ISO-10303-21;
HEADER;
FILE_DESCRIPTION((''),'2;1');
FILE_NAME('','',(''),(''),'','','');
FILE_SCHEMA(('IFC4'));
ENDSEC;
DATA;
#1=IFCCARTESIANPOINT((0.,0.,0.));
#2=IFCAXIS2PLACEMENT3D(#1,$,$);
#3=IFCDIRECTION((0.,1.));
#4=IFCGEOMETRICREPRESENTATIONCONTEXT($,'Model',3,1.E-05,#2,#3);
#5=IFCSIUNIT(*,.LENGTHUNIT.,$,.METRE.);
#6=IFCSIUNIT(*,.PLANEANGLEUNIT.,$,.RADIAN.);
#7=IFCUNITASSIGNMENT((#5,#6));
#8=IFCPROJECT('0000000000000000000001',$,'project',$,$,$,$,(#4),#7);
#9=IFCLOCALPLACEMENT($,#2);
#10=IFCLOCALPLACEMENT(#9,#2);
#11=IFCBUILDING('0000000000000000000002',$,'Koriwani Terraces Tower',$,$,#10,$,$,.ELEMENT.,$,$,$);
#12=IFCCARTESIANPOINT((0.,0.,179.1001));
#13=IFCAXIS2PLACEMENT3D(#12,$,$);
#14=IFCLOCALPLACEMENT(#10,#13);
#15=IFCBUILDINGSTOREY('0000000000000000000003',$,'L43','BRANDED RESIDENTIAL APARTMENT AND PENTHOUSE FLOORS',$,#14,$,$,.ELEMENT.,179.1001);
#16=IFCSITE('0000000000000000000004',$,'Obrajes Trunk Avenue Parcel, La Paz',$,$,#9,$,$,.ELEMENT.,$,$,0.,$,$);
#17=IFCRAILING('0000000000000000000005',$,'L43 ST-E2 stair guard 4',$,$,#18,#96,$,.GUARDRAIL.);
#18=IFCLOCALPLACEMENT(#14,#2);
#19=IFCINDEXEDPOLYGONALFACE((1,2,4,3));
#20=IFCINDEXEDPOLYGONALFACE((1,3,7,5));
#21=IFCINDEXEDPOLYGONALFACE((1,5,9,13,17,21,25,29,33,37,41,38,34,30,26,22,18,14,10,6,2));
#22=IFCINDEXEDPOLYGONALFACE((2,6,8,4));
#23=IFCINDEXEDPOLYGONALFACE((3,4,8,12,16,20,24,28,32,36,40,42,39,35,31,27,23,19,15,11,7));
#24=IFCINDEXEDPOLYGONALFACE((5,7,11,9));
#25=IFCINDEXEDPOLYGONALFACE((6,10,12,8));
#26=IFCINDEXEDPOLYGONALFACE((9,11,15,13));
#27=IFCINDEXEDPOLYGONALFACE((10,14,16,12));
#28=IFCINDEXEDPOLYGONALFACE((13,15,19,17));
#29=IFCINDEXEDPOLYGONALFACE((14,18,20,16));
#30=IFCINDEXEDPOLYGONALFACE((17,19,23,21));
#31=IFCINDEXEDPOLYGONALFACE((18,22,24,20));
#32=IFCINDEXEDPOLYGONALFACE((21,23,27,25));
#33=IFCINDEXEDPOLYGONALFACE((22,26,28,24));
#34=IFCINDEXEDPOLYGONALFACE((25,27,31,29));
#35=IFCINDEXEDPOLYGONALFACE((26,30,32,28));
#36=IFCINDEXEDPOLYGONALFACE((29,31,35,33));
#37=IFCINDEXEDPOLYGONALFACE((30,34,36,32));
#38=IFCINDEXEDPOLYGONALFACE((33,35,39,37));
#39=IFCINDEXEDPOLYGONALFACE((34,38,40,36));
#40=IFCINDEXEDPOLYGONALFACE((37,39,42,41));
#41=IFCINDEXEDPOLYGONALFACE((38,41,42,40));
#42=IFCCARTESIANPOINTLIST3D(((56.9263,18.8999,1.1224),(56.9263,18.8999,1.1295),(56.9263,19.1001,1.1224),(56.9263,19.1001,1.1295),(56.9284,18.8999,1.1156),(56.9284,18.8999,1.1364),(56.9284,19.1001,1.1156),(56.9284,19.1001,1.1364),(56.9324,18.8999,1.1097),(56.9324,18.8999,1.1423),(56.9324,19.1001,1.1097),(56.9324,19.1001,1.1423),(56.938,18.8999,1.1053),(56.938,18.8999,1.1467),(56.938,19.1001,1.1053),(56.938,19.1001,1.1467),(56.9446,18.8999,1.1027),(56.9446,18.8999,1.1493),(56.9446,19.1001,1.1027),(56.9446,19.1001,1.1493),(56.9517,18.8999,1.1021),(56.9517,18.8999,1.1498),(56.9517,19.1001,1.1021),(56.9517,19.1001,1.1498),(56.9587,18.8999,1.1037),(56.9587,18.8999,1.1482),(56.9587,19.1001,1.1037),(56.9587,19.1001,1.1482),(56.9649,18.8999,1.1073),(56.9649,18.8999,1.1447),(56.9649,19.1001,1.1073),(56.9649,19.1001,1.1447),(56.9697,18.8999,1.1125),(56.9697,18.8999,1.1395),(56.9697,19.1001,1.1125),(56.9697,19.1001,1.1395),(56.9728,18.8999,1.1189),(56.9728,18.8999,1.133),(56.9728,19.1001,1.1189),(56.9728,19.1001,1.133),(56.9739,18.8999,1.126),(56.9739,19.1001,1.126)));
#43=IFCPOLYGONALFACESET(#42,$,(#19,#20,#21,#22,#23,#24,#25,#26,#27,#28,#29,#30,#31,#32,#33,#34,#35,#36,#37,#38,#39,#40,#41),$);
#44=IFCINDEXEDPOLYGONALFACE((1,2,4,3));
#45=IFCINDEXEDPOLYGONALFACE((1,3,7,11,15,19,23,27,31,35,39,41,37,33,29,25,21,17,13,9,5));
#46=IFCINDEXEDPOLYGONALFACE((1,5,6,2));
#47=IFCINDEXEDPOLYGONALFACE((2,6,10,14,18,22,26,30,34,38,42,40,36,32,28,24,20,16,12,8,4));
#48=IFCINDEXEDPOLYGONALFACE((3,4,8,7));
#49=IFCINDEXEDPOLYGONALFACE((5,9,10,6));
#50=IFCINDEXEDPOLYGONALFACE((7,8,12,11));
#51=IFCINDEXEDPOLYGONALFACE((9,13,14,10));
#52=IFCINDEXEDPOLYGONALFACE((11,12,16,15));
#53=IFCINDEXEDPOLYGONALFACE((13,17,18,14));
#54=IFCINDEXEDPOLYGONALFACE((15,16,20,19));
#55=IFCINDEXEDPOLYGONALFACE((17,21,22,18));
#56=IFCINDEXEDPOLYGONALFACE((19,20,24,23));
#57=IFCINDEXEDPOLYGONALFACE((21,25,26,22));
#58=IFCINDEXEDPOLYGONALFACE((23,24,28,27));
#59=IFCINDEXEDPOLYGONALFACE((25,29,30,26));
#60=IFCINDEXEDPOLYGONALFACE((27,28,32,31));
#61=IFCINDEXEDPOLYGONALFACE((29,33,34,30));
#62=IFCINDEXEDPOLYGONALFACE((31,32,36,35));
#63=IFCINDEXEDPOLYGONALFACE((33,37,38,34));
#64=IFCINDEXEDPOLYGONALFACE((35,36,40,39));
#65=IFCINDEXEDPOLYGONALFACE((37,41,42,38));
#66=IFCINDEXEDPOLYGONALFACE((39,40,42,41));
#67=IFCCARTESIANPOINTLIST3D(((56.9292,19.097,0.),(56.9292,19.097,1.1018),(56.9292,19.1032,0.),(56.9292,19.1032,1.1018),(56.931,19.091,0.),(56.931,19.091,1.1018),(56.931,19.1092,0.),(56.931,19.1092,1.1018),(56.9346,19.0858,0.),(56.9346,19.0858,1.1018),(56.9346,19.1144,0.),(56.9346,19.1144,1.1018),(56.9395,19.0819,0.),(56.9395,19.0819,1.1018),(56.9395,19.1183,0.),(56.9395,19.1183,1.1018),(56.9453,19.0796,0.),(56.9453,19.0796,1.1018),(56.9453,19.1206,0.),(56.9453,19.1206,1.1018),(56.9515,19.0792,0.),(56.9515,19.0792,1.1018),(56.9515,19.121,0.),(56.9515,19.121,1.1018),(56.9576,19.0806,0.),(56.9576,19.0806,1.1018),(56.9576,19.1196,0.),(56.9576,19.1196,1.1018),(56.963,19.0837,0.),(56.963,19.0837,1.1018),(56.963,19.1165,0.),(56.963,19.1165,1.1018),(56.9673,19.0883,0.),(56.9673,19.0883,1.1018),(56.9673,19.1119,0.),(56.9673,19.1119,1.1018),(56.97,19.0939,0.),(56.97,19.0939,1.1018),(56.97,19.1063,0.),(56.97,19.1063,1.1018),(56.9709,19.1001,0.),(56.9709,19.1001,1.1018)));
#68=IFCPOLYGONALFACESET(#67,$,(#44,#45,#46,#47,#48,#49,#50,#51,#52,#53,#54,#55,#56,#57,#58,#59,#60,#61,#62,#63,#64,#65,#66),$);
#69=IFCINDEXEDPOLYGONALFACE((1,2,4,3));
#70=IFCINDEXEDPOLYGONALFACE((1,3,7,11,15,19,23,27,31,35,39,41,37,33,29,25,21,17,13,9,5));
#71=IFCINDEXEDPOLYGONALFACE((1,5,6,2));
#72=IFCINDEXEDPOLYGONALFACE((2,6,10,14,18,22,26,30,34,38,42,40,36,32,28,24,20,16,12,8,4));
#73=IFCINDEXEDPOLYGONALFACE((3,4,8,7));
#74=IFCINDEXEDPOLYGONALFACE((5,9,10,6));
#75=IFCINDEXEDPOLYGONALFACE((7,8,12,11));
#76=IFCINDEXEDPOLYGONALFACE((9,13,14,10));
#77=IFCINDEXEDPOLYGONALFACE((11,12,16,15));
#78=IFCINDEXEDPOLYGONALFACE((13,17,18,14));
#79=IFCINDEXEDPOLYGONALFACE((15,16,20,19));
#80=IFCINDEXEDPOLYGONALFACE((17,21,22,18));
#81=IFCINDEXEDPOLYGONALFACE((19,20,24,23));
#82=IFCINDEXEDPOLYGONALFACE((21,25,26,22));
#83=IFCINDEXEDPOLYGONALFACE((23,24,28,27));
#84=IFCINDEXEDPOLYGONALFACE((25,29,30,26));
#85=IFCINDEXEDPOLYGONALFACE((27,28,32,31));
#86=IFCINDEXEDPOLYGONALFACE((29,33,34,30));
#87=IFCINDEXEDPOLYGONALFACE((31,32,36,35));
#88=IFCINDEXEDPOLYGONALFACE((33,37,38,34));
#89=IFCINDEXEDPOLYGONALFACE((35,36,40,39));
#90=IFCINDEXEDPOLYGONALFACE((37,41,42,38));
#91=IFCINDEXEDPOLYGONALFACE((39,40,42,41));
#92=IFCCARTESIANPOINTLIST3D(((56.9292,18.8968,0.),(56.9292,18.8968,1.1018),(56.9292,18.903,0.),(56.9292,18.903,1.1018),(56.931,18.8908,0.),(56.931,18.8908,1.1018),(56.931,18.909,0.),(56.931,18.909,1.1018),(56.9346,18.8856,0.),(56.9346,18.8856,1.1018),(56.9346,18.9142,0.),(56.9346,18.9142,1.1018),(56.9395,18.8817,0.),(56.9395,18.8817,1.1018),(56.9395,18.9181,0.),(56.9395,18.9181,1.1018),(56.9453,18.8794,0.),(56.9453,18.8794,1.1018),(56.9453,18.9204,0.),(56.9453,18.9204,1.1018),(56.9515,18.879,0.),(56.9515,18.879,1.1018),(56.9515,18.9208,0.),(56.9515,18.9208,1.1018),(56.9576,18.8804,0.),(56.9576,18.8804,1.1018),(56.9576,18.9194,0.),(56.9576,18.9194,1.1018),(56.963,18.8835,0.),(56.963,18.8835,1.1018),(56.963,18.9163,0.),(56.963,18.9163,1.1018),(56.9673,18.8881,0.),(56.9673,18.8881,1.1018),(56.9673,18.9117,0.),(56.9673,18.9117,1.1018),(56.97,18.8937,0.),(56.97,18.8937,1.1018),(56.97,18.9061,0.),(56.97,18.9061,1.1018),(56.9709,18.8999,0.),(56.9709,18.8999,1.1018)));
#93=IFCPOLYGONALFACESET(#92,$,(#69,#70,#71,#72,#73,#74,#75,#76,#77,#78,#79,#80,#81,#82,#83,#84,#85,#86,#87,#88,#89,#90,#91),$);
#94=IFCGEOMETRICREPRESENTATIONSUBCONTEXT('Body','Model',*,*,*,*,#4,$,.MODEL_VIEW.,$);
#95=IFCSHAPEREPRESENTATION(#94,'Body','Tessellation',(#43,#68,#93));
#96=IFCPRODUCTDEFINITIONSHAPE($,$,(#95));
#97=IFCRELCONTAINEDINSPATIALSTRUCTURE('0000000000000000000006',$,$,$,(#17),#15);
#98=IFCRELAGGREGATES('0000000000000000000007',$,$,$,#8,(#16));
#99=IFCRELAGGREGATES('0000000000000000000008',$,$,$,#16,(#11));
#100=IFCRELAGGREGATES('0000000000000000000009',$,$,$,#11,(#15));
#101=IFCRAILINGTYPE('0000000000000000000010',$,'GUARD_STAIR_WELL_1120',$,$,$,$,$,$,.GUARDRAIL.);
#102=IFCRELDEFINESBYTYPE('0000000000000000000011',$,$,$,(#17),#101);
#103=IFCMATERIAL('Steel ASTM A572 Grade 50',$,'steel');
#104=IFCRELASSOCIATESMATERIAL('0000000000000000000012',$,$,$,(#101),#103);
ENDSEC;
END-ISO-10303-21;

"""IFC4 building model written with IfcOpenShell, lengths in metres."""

from ifc_helpers import new_model, si_unit, direction, frame, origin, origin_2d, place, context, subcontext, project, spatial, circle, extrude, material, type_object, element, save


model = new_model("IFC4")

# Units and contexts
model_context = context("Model", 3, precision=1e-05, world=origin(), true_north=direction((0.0, 1.0)))
body_context = subcontext(model_context, "Body", "Model", "MODEL_VIEW")
ifc_project = project(units=[si_unit("LENGTHUNIT", "METRE"), si_unit("PLANEANGLEUNIT", "RADIAN")], contexts=[model_context])

# Site, building, storey
site_placement = place(None, origin())
site = spatial("IfcSite", under=ifc_project, at=site_placement, Name="Obrajes Trunk Avenue Parcel, La Paz", CompositionType="ELEMENT", RefElevation=0.0)
building_placement = place(site_placement, origin())
building = spatial("IfcBuilding", under=site, at=building_placement, Name="Koriwani Terraces Tower", CompositionType="ELEMENT")
storey_placement = place(building_placement, frame((0.0, 0.0, 179.1001)))
storey = spatial("IfcBuildingStorey", under=building, at=storey_placement, Name="L43", Description="BRANDED RESIDENTIAL APARTMENT AND PENTHOUSE FLOORS", CompositionType="ELEMENT", Elevation=179.1001)

# Shared definitions
ifc_material_1 = material(Name="Steel ASTM A572 Grade 50", Category="steel")

# Railing
railing_type_1 = type_object("IfcRailingType", Name="GUARD_STAIR_WELL_1120", PredefinedType="GUARDRAIL", material=ifc_material_1)
railing_1_placement = place(storey_placement, frame((56.95, 19.1001, 0.0)))
element("IfcRailing", 1, at=railing_1_placement, inside=storey, type_object=railing_type_1, Name="L43 ST-E2 stair guard 4", PredefinedType="GUARDRAIL", context=body_context, shape_type="SweptSolid", body=[
    extrude(circle(Radius=0.0239, at=origin_2d()), frame((0.0, 0.0, 1.126), z_axis=(0.0, -1.0, 0.0), x_axis=(1.0, 0.0, 0.0)), (0.0, 0.0, 1.0), 0.2002),
    extrude(circle(Radius=0.021, at=origin_2d()), origin(), (0.0, 0.0, 1.0), 1.1018),
    extrude(circle(Radius=0.021, at=origin_2d()), frame((0.0, -0.2002, 0.0)), (0.0, 0.0, 1.0), 1.1018),
])

save(model, "model.ifc")
